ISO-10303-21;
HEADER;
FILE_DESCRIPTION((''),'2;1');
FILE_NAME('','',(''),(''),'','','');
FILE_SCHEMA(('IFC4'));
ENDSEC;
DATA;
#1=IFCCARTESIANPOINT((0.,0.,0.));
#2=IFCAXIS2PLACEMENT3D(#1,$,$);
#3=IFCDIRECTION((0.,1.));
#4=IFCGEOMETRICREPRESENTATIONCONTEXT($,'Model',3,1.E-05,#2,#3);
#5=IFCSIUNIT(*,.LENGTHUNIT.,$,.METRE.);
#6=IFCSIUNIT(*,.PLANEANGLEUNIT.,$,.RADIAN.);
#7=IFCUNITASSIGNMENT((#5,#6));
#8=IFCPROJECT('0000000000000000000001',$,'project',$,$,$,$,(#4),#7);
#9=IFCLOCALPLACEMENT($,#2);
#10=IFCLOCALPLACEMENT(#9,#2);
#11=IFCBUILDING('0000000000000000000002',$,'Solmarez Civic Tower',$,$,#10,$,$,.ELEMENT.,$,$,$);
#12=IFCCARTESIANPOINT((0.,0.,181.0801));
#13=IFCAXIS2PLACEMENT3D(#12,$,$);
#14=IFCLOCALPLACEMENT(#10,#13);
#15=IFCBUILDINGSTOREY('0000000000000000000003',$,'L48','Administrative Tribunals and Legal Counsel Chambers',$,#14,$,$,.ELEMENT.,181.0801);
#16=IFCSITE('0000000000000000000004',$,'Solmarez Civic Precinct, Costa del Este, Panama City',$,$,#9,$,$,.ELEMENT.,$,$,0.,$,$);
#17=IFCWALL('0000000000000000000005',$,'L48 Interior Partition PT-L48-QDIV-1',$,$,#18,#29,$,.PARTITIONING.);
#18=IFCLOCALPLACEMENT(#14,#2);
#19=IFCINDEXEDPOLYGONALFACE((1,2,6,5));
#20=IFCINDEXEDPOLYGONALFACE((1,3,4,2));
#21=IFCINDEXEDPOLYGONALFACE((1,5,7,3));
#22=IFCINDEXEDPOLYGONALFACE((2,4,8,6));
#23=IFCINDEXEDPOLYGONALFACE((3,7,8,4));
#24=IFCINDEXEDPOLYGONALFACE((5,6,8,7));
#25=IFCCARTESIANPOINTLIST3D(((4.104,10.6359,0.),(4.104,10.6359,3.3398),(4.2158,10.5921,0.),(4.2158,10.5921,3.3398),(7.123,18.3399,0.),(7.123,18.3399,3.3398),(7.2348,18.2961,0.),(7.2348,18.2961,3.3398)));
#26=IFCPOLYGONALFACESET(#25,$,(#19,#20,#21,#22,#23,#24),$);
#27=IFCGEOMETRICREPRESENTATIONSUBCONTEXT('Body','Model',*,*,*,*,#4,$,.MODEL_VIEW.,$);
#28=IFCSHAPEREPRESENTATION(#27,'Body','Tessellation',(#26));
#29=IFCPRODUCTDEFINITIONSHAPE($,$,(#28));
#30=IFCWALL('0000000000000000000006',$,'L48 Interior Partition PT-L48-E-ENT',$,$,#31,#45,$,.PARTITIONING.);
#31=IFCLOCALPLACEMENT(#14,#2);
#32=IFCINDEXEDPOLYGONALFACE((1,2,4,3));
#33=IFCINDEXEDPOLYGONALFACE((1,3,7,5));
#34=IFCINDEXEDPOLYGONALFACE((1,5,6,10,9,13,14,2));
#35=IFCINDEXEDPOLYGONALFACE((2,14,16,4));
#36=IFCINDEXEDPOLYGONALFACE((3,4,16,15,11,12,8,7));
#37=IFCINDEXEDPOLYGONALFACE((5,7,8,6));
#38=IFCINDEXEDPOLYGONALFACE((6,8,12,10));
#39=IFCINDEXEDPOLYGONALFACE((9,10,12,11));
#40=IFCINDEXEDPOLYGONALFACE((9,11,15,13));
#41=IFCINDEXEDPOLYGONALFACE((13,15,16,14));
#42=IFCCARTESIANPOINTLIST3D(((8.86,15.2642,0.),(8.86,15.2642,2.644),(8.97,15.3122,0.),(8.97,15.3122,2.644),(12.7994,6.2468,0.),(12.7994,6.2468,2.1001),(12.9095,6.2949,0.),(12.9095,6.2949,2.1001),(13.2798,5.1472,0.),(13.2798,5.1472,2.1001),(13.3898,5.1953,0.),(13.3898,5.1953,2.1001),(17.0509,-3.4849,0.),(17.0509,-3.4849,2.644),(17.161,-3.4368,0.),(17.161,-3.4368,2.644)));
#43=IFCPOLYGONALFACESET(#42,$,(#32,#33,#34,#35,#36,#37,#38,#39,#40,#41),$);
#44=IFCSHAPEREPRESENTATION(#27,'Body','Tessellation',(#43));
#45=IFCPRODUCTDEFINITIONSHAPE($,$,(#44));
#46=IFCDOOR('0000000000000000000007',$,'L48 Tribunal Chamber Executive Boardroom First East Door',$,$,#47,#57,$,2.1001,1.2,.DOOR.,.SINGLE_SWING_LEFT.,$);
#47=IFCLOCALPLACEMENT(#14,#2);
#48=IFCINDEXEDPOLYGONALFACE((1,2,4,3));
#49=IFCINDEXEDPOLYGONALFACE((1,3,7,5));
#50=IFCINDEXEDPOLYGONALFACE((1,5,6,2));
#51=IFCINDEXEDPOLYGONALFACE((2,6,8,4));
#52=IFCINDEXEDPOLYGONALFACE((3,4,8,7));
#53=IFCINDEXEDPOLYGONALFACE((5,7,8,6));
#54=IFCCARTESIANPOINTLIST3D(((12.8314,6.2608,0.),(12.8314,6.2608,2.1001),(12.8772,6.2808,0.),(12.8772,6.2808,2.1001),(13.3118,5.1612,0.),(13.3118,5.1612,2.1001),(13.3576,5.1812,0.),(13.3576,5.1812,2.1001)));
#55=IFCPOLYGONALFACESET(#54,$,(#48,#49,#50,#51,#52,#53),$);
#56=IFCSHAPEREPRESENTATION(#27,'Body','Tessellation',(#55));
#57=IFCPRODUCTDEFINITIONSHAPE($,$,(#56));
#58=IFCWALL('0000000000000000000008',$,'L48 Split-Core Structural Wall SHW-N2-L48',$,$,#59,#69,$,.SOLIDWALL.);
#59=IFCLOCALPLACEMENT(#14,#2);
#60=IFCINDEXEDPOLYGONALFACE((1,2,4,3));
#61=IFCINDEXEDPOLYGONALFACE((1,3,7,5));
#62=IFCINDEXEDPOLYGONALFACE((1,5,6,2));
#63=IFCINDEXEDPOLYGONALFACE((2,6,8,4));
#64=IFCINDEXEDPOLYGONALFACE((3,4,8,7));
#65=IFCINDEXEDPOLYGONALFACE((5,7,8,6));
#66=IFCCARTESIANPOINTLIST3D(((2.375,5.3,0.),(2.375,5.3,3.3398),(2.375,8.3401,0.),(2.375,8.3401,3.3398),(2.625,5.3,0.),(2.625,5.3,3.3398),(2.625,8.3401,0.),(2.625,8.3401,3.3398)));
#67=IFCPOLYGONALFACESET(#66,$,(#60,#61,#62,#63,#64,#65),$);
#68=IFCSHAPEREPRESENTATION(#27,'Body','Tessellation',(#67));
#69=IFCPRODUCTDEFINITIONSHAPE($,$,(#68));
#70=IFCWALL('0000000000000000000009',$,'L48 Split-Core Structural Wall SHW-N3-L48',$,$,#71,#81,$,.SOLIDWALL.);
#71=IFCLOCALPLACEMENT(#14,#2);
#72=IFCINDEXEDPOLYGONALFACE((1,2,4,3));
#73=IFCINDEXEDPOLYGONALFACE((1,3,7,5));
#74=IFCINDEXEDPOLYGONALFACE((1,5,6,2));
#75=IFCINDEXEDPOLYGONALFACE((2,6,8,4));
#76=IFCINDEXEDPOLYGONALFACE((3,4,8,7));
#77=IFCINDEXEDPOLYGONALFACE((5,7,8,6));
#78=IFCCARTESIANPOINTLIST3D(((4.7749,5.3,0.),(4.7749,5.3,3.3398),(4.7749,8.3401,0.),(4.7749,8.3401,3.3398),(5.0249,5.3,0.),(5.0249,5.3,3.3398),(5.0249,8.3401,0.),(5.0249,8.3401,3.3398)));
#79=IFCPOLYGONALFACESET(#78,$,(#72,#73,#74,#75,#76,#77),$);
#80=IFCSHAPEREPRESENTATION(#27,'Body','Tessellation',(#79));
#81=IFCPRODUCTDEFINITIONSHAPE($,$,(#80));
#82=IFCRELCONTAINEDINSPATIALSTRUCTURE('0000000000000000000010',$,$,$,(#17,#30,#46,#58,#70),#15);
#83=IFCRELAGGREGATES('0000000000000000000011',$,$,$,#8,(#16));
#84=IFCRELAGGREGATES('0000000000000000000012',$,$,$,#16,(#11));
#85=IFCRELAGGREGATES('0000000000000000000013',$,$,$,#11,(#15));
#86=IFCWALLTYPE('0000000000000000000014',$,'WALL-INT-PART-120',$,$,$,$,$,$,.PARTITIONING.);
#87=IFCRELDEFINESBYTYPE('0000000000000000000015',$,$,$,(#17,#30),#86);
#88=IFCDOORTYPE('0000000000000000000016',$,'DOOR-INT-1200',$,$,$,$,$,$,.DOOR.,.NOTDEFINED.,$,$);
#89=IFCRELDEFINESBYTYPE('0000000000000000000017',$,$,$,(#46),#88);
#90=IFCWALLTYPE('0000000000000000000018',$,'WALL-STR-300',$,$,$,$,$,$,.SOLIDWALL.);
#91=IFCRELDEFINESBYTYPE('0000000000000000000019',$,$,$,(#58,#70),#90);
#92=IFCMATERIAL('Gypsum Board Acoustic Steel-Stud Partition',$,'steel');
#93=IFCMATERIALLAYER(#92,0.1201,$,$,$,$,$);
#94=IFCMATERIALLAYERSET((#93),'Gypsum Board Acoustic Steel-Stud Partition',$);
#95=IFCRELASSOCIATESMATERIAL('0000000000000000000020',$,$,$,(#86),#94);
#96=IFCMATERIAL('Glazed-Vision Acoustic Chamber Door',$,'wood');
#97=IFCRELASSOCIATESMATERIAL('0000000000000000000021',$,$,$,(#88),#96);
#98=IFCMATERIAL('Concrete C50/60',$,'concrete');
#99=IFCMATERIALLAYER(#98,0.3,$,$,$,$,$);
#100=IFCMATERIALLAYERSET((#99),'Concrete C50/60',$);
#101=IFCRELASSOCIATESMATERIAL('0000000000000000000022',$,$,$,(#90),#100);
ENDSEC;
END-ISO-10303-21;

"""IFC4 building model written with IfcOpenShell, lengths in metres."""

from ifc_helpers import new_model, si_unit, direction, frame, frame_2d, origin, place, context, subcontext, project, spatial, rectangle, extrude, material, layer, layer_set, type_object, element, fill, save


model = new_model("IFC4")

# Units and contexts
model_context = context("Model", 3, precision=1e-05, world=origin(), true_north=direction((0.0, 1.0)))
body_context = subcontext(model_context, "Body", "Model", "MODEL_VIEW")
ifc_project = project(units=[si_unit("LENGTHUNIT", "METRE"), si_unit("PLANEANGLEUNIT", "RADIAN")], contexts=[model_context])

# Site, building, storey
site_placement = place(None, origin())
site = spatial("IfcSite", under=ifc_project, at=site_placement, Name="Solmarez Civic Precinct, Costa del Este, Panama City", CompositionType="ELEMENT", RefElevation=0.0)
building_placement = place(site_placement, origin())
building = spatial("IfcBuilding", under=site, at=building_placement, Name="Solmarez Civic Tower", CompositionType="ELEMENT")
storey_placement = place(building_placement, frame((0.0, 0.0, 181.0801)))
storey = spatial("IfcBuildingStorey", under=building, at=storey_placement, Name="L48", Description="Administrative Tribunals and Legal Counsel Chambers", CompositionType="ELEMENT", Elevation=181.0801)

# Shared definitions
ifc_material_1 = material(Name="Concrete C50/60", Category="concrete")

# Wall
ifc_material_2 = material(Name="Gypsum Board Acoustic Steel-Stud Partition", Category="steel")
ifc_layer_1 = layer(ifc_material_2, 0.1201)
ifc_layer_set_1 = layer_set([ifc_layer_1], Name="Gypsum Board Acoustic Steel-Stud Partition")
wall_type_1 = type_object("IfcWallType", Name="WALL-INT-PART-120", PredefinedType="PARTITIONING", material=ifc_layer_set_1)
wall_1_placement = place(storey_placement, frame((4.1599, 10.614, 0.0), z_axis=(0.0, 0.0, 1.0), x_axis=(0.36486, 0.931062, 0.0)))
element("IfcWall", 1, at=wall_1_placement, inside=storey, type_object=wall_type_1, Name="L48 Interior Partition PT-L48-QDIV-1", PredefinedType="PARTITIONING", context=body_context, shape_type="SweptSolid", body=[
    extrude(rectangle(XDim=8.2744, YDim=0.1201, at=frame_2d((4.1372, 0.0))), origin(), (0.0, 0.0, 1.0), 3.3398),
])

# Wall, opening, door
wall_2_placement = place(storey_placement, frame((8.915, 15.2881, 0.0), z_axis=(0.0, 0.0, 1.0), x_axis=(0.400336, -0.916369, 0.0)))
wall_2 = element("IfcWall", 2, at=wall_2_placement, inside=storey, type_object=wall_type_1, Name="L48 Interior Partition PT-L48-E-ENT", PredefinedType="PARTITIONING", context=body_context, shape_type="SweptSolid", body=[
    extrude(rectangle(XDim=20.4602, YDim=0.1201, at=frame_2d((10.23, 0.0))), origin(), (0.0, 0.0, 1.0), 2.644),
])
opening_1_placement = place(wall_2_placement, frame((9.8401, 0.0, 0.0)))
opening_1 = element("IfcOpeningElement", 3, at=opening_1_placement, cuts=wall_2, PredefinedType="OPENING", context=body_context, shape_type="SweptSolid", body=[
    extrude(rectangle(XDim=1.2, YDim=2.1001, at=frame_2d((0.6001, 1.05))), frame((0.0, 0.0701, 0.0), z_axis=(0.0, -1.0, 0.0), x_axis=(1.0, 0.0, 0.0)), (0.0, 0.0, 1.0), 0.1401),
])
ifc_material_3 = material(Name="Glazed-Vision Acoustic Chamber Door", Category="wood")
door_type = type_object("IfcDoorType", Name="DOOR-INT-1200", OperationType="NOTDEFINED", PredefinedType="DOOR", material=ifc_material_3)
door_placement = place(opening_1_placement, origin())
door = element("IfcDoor", 4, at=door_placement, inside=storey, type_object=door_type, Name="L48 Tribunal Chamber Executive Boardroom First East Door", OperationType="SINGLE_SWING_LEFT", OverallHeight=2.1001, OverallWidth=1.2, PredefinedType="DOOR", context=body_context, shape_type="SweptSolid", body=[
    extrude(rectangle(XDim=1.2, YDim=2.1001, at=frame_2d((0.6001, 1.05))), frame((0.0, 0.0249, 0.0), z_axis=(0.0, -1.0, 0.0), x_axis=(1.0, 0.0, 0.0)), (0.0, 0.0, 1.0), 0.05),
])
fill(opening_1, door)

# Walls
ifc_layer_2 = layer(ifc_material_1, 0.3)
ifc_layer_set_2 = layer_set([ifc_layer_2], Name="Concrete C50/60")
wall_type_2 = type_object("IfcWallType", Name="WALL-STR-300", PredefinedType="SOLIDWALL", material=ifc_layer_set_2)
for number, where, z_axis, x_axis, name in (
    (5, (2.5, 5.3, 0.0), (0.0, 0.0, 1.0), (0.0, 1.0, 0.0), "L48 Split-Core Structural Wall SHW-N2-L48"),
    (6, (4.8999, 5.3, 0.0), (0.0, 0.0, 1.0), (0.0, 1.0, 0.0), "L48 Split-Core Structural Wall SHW-N3-L48"),
):
    element("IfcWall", number, at=place(storey_placement, frame(where, z_axis=z_axis, x_axis=x_axis)), inside=storey, type_object=wall_type_2, Name=name, PredefinedType="SOLIDWALL", context=body_context, shape_type="SweptSolid", body=[
        extrude(rectangle(XDim=3.04, YDim=0.25, at=frame_2d((1.52, 0.0))), origin(), (0.0, 0.0, 1.0), 3.3398),
    ])

save(model, "model.ifc")
